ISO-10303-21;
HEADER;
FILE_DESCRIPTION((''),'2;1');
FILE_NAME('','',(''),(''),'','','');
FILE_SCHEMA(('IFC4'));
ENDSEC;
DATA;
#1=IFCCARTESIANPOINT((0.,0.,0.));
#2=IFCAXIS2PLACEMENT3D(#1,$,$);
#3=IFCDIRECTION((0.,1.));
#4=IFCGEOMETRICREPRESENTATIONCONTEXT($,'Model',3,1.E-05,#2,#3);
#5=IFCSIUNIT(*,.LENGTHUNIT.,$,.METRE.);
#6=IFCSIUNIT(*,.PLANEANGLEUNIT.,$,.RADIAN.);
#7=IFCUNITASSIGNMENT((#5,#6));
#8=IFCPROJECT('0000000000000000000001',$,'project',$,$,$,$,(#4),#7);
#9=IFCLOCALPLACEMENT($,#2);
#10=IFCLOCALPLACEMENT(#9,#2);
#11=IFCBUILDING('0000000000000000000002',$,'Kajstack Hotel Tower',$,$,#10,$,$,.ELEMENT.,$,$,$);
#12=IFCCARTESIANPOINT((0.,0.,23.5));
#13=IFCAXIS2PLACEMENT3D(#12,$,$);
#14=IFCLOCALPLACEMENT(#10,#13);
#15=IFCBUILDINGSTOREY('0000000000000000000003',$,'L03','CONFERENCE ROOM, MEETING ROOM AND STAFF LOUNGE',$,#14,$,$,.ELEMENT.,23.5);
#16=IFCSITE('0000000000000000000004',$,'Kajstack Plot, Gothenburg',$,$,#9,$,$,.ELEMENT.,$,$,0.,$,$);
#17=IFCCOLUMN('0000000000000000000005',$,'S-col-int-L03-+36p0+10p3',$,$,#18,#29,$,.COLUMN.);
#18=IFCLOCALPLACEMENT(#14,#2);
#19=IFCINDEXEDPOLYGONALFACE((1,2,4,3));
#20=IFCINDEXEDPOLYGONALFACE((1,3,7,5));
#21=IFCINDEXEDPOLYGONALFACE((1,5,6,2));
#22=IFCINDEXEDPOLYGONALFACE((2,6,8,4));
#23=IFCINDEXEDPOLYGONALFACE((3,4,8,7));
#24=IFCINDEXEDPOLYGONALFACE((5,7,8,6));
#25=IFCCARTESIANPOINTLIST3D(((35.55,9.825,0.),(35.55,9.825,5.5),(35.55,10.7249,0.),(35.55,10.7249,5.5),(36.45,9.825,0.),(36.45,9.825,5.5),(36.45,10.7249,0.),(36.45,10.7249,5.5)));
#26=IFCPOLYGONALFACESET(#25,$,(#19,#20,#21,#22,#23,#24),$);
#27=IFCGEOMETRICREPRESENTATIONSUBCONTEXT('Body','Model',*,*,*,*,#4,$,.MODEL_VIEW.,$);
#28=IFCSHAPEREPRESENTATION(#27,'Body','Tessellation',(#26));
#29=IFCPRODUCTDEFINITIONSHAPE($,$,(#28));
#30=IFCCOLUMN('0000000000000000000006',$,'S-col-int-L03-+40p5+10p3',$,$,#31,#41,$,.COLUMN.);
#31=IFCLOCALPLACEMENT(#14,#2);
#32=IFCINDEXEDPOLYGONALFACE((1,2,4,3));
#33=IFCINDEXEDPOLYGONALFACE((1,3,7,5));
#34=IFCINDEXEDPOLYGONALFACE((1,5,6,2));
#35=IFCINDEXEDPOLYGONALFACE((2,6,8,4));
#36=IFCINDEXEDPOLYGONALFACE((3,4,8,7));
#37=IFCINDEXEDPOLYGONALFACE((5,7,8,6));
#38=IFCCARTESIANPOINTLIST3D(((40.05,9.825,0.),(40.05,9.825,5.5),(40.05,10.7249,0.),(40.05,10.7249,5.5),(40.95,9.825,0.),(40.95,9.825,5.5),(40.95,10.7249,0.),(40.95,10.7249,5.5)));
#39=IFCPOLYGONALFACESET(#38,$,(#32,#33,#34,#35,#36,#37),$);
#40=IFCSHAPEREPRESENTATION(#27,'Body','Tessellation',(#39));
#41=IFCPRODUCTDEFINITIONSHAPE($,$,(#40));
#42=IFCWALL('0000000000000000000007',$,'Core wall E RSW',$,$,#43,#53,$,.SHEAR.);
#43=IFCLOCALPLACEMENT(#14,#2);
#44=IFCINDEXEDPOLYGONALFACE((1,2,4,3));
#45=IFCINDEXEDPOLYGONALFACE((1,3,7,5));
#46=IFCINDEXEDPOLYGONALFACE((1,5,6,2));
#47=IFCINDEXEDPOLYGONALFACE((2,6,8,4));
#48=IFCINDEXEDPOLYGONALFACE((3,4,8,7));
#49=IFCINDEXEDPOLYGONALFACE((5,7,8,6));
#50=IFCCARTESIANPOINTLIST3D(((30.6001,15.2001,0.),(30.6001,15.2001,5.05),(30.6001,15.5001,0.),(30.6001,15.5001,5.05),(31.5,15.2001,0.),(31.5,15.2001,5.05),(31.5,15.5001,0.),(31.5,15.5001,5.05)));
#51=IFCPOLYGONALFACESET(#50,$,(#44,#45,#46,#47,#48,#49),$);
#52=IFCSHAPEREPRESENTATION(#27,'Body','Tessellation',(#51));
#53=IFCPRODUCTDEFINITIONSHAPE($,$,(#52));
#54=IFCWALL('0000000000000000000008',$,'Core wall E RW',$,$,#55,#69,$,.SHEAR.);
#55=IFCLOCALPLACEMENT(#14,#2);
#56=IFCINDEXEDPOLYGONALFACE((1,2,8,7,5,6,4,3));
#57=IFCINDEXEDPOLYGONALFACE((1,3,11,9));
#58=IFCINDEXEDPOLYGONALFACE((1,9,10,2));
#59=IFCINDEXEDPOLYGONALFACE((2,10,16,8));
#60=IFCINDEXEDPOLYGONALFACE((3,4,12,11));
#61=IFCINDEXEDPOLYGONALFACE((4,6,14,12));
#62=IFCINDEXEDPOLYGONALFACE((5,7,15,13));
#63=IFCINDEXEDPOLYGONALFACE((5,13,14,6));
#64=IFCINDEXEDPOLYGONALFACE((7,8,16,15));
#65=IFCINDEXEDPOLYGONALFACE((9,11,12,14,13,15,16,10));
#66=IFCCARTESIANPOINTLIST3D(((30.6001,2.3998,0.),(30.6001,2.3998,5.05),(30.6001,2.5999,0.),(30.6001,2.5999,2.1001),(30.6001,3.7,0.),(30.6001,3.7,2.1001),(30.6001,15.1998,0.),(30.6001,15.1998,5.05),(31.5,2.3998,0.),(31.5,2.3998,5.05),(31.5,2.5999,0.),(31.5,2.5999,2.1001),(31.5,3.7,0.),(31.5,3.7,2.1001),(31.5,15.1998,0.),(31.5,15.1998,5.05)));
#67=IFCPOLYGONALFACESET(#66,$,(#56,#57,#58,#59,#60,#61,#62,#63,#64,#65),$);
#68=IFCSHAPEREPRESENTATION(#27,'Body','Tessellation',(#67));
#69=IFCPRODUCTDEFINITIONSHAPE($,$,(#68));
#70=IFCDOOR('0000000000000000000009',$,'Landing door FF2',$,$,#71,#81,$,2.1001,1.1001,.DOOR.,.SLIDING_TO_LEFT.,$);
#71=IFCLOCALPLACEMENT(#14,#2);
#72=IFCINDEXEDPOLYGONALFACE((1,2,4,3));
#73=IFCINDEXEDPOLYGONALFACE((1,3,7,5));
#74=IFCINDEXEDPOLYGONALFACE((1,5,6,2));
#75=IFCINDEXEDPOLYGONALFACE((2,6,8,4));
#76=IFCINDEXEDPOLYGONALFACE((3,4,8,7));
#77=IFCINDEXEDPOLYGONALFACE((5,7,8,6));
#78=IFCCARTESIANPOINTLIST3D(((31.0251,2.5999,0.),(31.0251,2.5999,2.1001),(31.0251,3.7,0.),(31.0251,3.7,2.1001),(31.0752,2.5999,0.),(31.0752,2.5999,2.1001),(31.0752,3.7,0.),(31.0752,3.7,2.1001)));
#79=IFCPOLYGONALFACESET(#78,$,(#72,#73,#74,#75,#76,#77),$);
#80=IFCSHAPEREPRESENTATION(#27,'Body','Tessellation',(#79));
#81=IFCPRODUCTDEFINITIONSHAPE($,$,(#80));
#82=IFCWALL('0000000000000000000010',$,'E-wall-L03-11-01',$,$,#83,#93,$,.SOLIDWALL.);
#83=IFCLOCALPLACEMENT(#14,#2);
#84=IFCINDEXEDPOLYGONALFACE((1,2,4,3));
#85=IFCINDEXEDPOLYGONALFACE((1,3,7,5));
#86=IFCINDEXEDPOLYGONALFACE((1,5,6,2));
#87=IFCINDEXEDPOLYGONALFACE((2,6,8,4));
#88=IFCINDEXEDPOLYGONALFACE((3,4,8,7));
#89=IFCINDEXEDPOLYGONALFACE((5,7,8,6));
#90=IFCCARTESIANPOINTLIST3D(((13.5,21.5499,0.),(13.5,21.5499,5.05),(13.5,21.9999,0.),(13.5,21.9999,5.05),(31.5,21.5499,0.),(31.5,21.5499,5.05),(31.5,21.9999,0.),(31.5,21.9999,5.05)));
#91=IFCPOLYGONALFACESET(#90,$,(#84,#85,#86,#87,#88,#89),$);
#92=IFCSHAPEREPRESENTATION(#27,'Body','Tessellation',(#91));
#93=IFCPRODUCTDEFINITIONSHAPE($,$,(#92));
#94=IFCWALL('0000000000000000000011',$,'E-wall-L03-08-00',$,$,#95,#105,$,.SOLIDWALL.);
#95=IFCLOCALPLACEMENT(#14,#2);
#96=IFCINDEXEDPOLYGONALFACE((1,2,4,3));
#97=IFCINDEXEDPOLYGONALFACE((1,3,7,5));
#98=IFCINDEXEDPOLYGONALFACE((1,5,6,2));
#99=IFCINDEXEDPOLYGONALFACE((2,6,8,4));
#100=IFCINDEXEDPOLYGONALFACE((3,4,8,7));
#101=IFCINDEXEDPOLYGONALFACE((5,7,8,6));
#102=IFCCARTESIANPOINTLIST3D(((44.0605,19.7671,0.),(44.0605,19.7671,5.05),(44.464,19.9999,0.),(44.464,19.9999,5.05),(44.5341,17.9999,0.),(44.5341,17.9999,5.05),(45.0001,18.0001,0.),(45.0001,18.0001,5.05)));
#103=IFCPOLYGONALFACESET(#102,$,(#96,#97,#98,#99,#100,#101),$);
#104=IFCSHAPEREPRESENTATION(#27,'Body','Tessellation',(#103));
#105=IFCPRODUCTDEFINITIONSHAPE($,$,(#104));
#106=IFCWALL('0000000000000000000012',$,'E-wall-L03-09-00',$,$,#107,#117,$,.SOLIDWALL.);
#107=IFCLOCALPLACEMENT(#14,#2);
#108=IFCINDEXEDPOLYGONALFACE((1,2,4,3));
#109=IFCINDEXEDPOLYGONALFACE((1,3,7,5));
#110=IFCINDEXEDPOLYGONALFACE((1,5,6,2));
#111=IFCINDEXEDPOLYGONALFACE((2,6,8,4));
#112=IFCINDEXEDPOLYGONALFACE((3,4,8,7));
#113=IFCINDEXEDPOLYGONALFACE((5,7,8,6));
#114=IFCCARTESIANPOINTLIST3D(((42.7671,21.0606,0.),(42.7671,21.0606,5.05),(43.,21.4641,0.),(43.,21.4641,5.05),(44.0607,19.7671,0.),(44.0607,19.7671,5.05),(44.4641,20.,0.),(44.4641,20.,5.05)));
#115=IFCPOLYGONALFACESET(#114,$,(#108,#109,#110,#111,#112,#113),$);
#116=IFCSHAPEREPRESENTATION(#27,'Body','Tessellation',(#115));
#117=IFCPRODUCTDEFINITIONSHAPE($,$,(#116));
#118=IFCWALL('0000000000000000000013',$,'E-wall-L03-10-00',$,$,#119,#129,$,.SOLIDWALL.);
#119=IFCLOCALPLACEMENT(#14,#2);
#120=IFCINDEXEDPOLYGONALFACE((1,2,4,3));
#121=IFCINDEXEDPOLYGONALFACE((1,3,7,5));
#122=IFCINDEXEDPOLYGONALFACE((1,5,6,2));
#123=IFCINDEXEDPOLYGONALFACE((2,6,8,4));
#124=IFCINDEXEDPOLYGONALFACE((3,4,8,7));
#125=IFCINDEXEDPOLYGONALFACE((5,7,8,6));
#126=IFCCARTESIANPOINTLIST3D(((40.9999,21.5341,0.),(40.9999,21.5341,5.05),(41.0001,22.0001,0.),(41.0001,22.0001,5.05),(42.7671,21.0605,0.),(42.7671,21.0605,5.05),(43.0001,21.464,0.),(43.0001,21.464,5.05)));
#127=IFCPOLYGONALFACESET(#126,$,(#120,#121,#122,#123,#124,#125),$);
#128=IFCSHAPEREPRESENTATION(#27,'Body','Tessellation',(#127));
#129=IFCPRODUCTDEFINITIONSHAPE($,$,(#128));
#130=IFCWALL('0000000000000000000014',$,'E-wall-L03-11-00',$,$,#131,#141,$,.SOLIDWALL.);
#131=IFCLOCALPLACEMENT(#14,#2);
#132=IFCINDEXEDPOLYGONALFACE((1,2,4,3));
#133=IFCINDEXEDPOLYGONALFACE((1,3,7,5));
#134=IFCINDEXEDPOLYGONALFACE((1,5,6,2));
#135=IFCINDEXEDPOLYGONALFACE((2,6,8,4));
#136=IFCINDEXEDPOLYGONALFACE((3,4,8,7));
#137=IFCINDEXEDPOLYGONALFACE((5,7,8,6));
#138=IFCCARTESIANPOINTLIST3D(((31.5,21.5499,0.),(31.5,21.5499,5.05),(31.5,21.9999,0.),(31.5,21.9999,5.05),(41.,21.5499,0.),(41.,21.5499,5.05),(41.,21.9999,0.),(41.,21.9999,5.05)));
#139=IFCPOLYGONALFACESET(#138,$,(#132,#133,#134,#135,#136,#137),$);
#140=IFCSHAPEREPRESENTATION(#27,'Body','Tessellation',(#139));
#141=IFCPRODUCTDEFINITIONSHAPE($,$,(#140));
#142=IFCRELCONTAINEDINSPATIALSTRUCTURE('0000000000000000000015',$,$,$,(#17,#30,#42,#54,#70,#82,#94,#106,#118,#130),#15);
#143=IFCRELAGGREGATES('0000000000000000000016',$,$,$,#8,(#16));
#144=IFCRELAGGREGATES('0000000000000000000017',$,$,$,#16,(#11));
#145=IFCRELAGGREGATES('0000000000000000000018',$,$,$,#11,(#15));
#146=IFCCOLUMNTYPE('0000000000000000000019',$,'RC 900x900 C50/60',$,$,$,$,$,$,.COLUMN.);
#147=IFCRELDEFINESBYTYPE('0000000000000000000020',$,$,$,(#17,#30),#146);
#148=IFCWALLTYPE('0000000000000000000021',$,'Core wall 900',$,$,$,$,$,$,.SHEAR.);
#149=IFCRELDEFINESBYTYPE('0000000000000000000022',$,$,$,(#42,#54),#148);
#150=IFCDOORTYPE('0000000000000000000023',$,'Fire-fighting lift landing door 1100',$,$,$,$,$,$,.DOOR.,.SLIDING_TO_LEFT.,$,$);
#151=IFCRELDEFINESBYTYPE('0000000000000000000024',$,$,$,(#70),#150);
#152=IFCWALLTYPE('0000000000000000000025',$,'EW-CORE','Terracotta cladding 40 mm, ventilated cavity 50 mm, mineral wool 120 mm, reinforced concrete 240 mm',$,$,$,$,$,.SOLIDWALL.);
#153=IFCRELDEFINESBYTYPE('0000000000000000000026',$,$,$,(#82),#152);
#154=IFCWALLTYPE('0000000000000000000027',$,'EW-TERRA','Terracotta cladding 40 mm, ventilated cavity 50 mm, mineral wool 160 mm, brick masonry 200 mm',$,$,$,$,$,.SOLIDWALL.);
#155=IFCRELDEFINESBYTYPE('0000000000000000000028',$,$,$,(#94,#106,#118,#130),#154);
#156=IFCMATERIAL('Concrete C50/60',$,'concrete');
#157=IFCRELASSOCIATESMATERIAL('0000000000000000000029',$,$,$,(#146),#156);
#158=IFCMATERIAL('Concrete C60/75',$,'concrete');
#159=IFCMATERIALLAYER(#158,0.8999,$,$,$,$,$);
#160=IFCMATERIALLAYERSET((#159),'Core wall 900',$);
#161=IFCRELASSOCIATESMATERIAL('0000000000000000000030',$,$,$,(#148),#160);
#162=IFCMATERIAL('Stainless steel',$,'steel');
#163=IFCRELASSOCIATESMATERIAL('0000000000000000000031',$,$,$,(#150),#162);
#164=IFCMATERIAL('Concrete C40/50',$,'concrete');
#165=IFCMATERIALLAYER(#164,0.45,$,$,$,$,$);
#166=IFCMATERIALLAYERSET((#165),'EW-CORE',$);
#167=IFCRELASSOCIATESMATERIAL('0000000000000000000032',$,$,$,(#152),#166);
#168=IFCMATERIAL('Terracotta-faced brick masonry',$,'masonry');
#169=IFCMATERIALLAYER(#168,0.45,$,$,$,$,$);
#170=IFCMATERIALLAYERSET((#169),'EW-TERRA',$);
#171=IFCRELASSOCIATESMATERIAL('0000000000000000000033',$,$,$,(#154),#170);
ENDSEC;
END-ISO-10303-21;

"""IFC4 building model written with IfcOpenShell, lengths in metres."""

from ifc_helpers import new_model, si_unit, direction, frame, frame_2d, origin, origin_2d, place, context, subcontext, project, spatial, polyline, rectangle, outline, extrude, material, layer, layer_set, material_profile, profile_set, type_object, element, fill, save


model = new_model("IFC4")

# Units and contexts
model_context = context("Model", 3, precision=1e-05, world=origin(), true_north=direction((0.0, 1.0)))
body_context = subcontext(model_context, "Body", "Model", "MODEL_VIEW")
ifc_project = project(units=[si_unit("LENGTHUNIT", "METRE"), si_unit("PLANEANGLEUNIT", "RADIAN")], contexts=[model_context])

# Site, building, storey
site_placement = place(None, origin())
site = spatial("IfcSite", under=ifc_project, at=site_placement, Name="Kajstack Plot, Gothenburg", CompositionType="ELEMENT", RefElevation=0.0)
building_placement = place(site_placement, origin())
building = spatial("IfcBuilding", under=site, at=building_placement, Name="Kajstack Hotel Tower", CompositionType="ELEMENT")
storey_placement = place(building_placement, frame((0.0, 0.0, 23.5)))
storey = spatial("IfcBuildingStorey", under=building, at=storey_placement, Name="L03", Description="CONFERENCE ROOM, MEETING ROOM AND STAFF LOUNGE", CompositionType="ELEMENT", Elevation=23.5)

# Columns
ifc_material_1 = material(Name="Concrete C50/60", Category="concrete")
ifc_material_profile = material_profile(ifc_material_1, rectangle(XDim=0.8999, YDim=0.8999, at=origin_2d()), Name="RC 900x900")
ifc_profile_set = profile_set([ifc_material_profile], Name="Concrete C50/60")
column_type = type_object("IfcColumnType", Name="RC 900x900 C50/60", PredefinedType="COLUMN", material=ifc_profile_set)
for number, where, z_axis, x_axis, name in (
    (1, (36.0, 10.2749, 0.0), (0.0, 0.0, 1.0), (1.0, 0.0, 0.0), "S-col-int-L03-+36p0+10p3"),
    (2, (40.5, 10.2749, 0.0), (0.0, 0.0, 1.0), (1.0, 0.0, 0.0), "S-col-int-L03-+40p5+10p3"),
):
    element("IfcColumn", number, at=place(storey_placement, frame(where, z_axis=z_axis, x_axis=x_axis)), inside=storey, type_object=column_type, Name=name, PredefinedType="COLUMN", context=body_context, shape_type="SweptSolid", body=[
        extrude(rectangle(XDim=0.8999, YDim=0.8999, at=origin_2d()), origin(), (0.0, 0.0, 1.0), 5.5),
    ])

# Wall
ifc_material_2 = material(Name="Concrete C60/75", Category="concrete")
ifc_layer_1 = layer(ifc_material_2, 0.8999)
ifc_layer_set_1 = layer_set([ifc_layer_1], Name="Core wall 900")
wall_type_1 = type_object("IfcWallType", Name="Core wall 900", PredefinedType="SHEAR", material=ifc_layer_set_1)
wall_1_placement = place(storey_placement, frame((30.6001, 15.3501, 0.0), z_axis=(0.0, 0.0, 1.0), x_axis=(1.0, 0.0, 0.0)))
element("IfcWall", 3, at=wall_1_placement, inside=storey, type_object=wall_type_1, Name="Core wall E RSW", PredefinedType="SHEAR", context=body_context, shape_type="SweptSolid", body=[
    extrude(rectangle(XDim=0.8999, YDim=0.3, at=frame_2d((0.45, 0.0))), origin(), (0.0, 0.0, 1.0), 5.05),
])

# Wall, opening, door
wall_2_placement = place(storey_placement, frame((31.05, 2.3999, 0.0), z_axis=(0.0, 0.0, 1.0), x_axis=(0.0, 1.0, 0.0)))
wall_2 = element("IfcWall", 4, at=wall_2_placement, inside=storey, type_object=wall_type_1, Name="Core wall E RW", PredefinedType="SHEAR", context=body_context, shape_type="SweptSolid", body=[
    extrude(rectangle(XDim=12.8, YDim=0.8999, at=frame_2d((6.3999, 0.0))), origin(), (0.0, 0.0, 1.0), 5.05),
])
opening_1_placement = place(wall_2_placement, frame((0.2, 0.0, 0.0)))
opening_1 = element("IfcOpeningElement", 5, at=opening_1_placement, cuts=wall_2, PredefinedType="OPENING", context=body_context, shape_type="SweptSolid", body=[
    extrude(rectangle(XDim=1.1001, YDim=2.1001, at=frame_2d((0.55, 1.05))), frame((0.0, 0.46, 0.0), z_axis=(0.0, -1.0, 0.0), x_axis=(1.0, 0.0, 0.0)), (0.0, 0.0, 1.0), 0.9199),
])
ifc_material_3 = material(Name="Stainless steel", Category="steel")
door_type_1 = type_object("IfcDoorType", Name="Fire-fighting lift landing door 1100", OperationType="SLIDING_TO_LEFT", PredefinedType="DOOR", material=ifc_material_3)
door_1_placement = place(opening_1_placement, origin())
door_1 = element("IfcDoor", 6, at=door_1_placement, inside=storey, type_object=door_type_1, Name="Landing door FF2", OperationType="SLIDING_TO_LEFT", OverallHeight=2.1001, OverallWidth=1.1001, PredefinedType="DOOR", context=body_context, shape_type="SweptSolid", body=[
    extrude(rectangle(XDim=1.1001, YDim=2.1001, at=frame_2d((0.55, 1.05))), frame((0.0, 0.0249, 0.0), z_axis=(0.0, -1.0, 0.0), x_axis=(1.0, 0.0, 0.0)), (0.0, 0.0, 1.0), 0.05),
])
fill(opening_1, door_1)

# Walls
ifc_material_4 = material(Name="Concrete C40/50", Category="concrete")
ifc_layer_2 = layer(ifc_material_4, 0.45)
ifc_layer_set_2 = layer_set([ifc_layer_2], Name="EW-CORE")
wall_type_2 = type_object("IfcWallType", Name="EW-CORE", Description="Terracotta cladding 40 mm, ventilated cavity 50 mm, mineral wool 120 mm, reinforced concrete 240 mm", PredefinedType="SOLIDWALL", material=ifc_layer_set_2)
wall_3_placement = place(storey_placement, frame((31.5, 21.7749, 0.0), z_axis=(0.0, 0.0, 1.0), x_axis=(-1.0, 0.0, 0.0)))
element("IfcWall", 7, at=wall_3_placement, inside=storey, type_object=wall_type_2, Name="E-wall-L03-11-01", PredefinedType="SOLIDWALL", context=body_context, shape_type="SweptSolid", body=[
    extrude(rectangle(XDim=18.0, YDim=0.45, at=frame_2d((9.0, 0.0))), origin(), (0.0, 0.0, 1.0), 5.05),
])
ifc_material_5 = material(Name="Terracotta-faced brick masonry", Category="masonry")
ifc_layer_3 = layer(ifc_material_5, 0.45)
ifc_layer_set_3 = layer_set([ifc_layer_3], Name="EW-TERRA")
wall_type_3 = type_object("IfcWallType", Name="EW-TERRA", Description="Terracotta cladding 40 mm, ventilated cavity 50 mm, mineral wool 160 mm, brick masonry 200 mm", PredefinedType="SOLIDWALL", material=ifc_layer_set_3)
wall_4_placement = place(storey_placement, frame((44.7827, 17.9417, 0.0), z_axis=(0.0, 0.0, 1.0), x_axis=(-0.258815, 0.965927, 0.0)))
element("IfcWall", 8, at=wall_4_placement, inside=storey, type_object=wall_type_3, Name="E-wall-L03-08-00", PredefinedType="SOLIDWALL", context=body_context, shape_type="SweptSolid", body=[
    extrude(outline(polyline([(0.0002, -0.2251), (2.0706, -0.2249), (1.9502, 0.2251), (0.1206, 0.2251), (0.0002, -0.2251)])), origin(), (0.0, 0.0, 1.0), 5.05),
])
wall_5_placement = place(storey_placement, frame((44.3049, 19.8408, 0.0), z_axis=(0.0, 0.0, 1.0), x_axis=(-0.707107, 0.707107, 0.0)))
element("IfcWall", 9, at=wall_5_placement, inside=storey, type_object=wall_type_3, Name="E-wall-L03-09-00", PredefinedType="SOLIDWALL", context=body_context, shape_type="SweptSolid", body=[
    extrude(outline(polyline([(0.0, -0.2251), (2.0706, -0.2251), (1.95, 0.2249), (0.1206, 0.2249), (0.0, -0.2251)])), origin(), (0.0, 0.0, 1.0), 5.05),
])
wall_6_placement = place(storey_placement, frame((42.9417, 21.2468, 0.0), z_axis=(0.0, 0.0, 1.0), x_axis=(-0.965927, 0.258815, 0.0)))
element("IfcWall", 10, at=wall_6_placement, inside=storey, type_object=wall_type_3, Name="E-wall-L03-10-00", PredefinedType="SOLIDWALL", context=body_context, shape_type="SweptSolid", body=[
    extrude(outline(polyline([(-0.0002, -0.2249), (2.0703, -0.2251), (1.95, 0.2251), (0.1204, 0.2251), (-0.0002, -0.2249)])), origin(), (0.0, 0.0, 1.0), 5.05),
])
wall_7_placement = place(storey_placement, frame((41.0, 21.7749, 0.0), z_axis=(0.0, 0.0, 1.0), x_axis=(-1.0, 0.0, 0.0)))
element("IfcWall", 11, at=wall_7_placement, inside=storey, type_object=wall_type_3, Name="E-wall-L03-11-00", PredefinedType="SOLIDWALL", context=body_context, shape_type="SweptSolid", body=[
    extrude(rectangle(XDim=9.5, YDim=0.45, at=frame_2d((4.75, 0.0))), origin(), (0.0, 0.0, 1.0), 5.05),
])

save(model, "model.ifc")
